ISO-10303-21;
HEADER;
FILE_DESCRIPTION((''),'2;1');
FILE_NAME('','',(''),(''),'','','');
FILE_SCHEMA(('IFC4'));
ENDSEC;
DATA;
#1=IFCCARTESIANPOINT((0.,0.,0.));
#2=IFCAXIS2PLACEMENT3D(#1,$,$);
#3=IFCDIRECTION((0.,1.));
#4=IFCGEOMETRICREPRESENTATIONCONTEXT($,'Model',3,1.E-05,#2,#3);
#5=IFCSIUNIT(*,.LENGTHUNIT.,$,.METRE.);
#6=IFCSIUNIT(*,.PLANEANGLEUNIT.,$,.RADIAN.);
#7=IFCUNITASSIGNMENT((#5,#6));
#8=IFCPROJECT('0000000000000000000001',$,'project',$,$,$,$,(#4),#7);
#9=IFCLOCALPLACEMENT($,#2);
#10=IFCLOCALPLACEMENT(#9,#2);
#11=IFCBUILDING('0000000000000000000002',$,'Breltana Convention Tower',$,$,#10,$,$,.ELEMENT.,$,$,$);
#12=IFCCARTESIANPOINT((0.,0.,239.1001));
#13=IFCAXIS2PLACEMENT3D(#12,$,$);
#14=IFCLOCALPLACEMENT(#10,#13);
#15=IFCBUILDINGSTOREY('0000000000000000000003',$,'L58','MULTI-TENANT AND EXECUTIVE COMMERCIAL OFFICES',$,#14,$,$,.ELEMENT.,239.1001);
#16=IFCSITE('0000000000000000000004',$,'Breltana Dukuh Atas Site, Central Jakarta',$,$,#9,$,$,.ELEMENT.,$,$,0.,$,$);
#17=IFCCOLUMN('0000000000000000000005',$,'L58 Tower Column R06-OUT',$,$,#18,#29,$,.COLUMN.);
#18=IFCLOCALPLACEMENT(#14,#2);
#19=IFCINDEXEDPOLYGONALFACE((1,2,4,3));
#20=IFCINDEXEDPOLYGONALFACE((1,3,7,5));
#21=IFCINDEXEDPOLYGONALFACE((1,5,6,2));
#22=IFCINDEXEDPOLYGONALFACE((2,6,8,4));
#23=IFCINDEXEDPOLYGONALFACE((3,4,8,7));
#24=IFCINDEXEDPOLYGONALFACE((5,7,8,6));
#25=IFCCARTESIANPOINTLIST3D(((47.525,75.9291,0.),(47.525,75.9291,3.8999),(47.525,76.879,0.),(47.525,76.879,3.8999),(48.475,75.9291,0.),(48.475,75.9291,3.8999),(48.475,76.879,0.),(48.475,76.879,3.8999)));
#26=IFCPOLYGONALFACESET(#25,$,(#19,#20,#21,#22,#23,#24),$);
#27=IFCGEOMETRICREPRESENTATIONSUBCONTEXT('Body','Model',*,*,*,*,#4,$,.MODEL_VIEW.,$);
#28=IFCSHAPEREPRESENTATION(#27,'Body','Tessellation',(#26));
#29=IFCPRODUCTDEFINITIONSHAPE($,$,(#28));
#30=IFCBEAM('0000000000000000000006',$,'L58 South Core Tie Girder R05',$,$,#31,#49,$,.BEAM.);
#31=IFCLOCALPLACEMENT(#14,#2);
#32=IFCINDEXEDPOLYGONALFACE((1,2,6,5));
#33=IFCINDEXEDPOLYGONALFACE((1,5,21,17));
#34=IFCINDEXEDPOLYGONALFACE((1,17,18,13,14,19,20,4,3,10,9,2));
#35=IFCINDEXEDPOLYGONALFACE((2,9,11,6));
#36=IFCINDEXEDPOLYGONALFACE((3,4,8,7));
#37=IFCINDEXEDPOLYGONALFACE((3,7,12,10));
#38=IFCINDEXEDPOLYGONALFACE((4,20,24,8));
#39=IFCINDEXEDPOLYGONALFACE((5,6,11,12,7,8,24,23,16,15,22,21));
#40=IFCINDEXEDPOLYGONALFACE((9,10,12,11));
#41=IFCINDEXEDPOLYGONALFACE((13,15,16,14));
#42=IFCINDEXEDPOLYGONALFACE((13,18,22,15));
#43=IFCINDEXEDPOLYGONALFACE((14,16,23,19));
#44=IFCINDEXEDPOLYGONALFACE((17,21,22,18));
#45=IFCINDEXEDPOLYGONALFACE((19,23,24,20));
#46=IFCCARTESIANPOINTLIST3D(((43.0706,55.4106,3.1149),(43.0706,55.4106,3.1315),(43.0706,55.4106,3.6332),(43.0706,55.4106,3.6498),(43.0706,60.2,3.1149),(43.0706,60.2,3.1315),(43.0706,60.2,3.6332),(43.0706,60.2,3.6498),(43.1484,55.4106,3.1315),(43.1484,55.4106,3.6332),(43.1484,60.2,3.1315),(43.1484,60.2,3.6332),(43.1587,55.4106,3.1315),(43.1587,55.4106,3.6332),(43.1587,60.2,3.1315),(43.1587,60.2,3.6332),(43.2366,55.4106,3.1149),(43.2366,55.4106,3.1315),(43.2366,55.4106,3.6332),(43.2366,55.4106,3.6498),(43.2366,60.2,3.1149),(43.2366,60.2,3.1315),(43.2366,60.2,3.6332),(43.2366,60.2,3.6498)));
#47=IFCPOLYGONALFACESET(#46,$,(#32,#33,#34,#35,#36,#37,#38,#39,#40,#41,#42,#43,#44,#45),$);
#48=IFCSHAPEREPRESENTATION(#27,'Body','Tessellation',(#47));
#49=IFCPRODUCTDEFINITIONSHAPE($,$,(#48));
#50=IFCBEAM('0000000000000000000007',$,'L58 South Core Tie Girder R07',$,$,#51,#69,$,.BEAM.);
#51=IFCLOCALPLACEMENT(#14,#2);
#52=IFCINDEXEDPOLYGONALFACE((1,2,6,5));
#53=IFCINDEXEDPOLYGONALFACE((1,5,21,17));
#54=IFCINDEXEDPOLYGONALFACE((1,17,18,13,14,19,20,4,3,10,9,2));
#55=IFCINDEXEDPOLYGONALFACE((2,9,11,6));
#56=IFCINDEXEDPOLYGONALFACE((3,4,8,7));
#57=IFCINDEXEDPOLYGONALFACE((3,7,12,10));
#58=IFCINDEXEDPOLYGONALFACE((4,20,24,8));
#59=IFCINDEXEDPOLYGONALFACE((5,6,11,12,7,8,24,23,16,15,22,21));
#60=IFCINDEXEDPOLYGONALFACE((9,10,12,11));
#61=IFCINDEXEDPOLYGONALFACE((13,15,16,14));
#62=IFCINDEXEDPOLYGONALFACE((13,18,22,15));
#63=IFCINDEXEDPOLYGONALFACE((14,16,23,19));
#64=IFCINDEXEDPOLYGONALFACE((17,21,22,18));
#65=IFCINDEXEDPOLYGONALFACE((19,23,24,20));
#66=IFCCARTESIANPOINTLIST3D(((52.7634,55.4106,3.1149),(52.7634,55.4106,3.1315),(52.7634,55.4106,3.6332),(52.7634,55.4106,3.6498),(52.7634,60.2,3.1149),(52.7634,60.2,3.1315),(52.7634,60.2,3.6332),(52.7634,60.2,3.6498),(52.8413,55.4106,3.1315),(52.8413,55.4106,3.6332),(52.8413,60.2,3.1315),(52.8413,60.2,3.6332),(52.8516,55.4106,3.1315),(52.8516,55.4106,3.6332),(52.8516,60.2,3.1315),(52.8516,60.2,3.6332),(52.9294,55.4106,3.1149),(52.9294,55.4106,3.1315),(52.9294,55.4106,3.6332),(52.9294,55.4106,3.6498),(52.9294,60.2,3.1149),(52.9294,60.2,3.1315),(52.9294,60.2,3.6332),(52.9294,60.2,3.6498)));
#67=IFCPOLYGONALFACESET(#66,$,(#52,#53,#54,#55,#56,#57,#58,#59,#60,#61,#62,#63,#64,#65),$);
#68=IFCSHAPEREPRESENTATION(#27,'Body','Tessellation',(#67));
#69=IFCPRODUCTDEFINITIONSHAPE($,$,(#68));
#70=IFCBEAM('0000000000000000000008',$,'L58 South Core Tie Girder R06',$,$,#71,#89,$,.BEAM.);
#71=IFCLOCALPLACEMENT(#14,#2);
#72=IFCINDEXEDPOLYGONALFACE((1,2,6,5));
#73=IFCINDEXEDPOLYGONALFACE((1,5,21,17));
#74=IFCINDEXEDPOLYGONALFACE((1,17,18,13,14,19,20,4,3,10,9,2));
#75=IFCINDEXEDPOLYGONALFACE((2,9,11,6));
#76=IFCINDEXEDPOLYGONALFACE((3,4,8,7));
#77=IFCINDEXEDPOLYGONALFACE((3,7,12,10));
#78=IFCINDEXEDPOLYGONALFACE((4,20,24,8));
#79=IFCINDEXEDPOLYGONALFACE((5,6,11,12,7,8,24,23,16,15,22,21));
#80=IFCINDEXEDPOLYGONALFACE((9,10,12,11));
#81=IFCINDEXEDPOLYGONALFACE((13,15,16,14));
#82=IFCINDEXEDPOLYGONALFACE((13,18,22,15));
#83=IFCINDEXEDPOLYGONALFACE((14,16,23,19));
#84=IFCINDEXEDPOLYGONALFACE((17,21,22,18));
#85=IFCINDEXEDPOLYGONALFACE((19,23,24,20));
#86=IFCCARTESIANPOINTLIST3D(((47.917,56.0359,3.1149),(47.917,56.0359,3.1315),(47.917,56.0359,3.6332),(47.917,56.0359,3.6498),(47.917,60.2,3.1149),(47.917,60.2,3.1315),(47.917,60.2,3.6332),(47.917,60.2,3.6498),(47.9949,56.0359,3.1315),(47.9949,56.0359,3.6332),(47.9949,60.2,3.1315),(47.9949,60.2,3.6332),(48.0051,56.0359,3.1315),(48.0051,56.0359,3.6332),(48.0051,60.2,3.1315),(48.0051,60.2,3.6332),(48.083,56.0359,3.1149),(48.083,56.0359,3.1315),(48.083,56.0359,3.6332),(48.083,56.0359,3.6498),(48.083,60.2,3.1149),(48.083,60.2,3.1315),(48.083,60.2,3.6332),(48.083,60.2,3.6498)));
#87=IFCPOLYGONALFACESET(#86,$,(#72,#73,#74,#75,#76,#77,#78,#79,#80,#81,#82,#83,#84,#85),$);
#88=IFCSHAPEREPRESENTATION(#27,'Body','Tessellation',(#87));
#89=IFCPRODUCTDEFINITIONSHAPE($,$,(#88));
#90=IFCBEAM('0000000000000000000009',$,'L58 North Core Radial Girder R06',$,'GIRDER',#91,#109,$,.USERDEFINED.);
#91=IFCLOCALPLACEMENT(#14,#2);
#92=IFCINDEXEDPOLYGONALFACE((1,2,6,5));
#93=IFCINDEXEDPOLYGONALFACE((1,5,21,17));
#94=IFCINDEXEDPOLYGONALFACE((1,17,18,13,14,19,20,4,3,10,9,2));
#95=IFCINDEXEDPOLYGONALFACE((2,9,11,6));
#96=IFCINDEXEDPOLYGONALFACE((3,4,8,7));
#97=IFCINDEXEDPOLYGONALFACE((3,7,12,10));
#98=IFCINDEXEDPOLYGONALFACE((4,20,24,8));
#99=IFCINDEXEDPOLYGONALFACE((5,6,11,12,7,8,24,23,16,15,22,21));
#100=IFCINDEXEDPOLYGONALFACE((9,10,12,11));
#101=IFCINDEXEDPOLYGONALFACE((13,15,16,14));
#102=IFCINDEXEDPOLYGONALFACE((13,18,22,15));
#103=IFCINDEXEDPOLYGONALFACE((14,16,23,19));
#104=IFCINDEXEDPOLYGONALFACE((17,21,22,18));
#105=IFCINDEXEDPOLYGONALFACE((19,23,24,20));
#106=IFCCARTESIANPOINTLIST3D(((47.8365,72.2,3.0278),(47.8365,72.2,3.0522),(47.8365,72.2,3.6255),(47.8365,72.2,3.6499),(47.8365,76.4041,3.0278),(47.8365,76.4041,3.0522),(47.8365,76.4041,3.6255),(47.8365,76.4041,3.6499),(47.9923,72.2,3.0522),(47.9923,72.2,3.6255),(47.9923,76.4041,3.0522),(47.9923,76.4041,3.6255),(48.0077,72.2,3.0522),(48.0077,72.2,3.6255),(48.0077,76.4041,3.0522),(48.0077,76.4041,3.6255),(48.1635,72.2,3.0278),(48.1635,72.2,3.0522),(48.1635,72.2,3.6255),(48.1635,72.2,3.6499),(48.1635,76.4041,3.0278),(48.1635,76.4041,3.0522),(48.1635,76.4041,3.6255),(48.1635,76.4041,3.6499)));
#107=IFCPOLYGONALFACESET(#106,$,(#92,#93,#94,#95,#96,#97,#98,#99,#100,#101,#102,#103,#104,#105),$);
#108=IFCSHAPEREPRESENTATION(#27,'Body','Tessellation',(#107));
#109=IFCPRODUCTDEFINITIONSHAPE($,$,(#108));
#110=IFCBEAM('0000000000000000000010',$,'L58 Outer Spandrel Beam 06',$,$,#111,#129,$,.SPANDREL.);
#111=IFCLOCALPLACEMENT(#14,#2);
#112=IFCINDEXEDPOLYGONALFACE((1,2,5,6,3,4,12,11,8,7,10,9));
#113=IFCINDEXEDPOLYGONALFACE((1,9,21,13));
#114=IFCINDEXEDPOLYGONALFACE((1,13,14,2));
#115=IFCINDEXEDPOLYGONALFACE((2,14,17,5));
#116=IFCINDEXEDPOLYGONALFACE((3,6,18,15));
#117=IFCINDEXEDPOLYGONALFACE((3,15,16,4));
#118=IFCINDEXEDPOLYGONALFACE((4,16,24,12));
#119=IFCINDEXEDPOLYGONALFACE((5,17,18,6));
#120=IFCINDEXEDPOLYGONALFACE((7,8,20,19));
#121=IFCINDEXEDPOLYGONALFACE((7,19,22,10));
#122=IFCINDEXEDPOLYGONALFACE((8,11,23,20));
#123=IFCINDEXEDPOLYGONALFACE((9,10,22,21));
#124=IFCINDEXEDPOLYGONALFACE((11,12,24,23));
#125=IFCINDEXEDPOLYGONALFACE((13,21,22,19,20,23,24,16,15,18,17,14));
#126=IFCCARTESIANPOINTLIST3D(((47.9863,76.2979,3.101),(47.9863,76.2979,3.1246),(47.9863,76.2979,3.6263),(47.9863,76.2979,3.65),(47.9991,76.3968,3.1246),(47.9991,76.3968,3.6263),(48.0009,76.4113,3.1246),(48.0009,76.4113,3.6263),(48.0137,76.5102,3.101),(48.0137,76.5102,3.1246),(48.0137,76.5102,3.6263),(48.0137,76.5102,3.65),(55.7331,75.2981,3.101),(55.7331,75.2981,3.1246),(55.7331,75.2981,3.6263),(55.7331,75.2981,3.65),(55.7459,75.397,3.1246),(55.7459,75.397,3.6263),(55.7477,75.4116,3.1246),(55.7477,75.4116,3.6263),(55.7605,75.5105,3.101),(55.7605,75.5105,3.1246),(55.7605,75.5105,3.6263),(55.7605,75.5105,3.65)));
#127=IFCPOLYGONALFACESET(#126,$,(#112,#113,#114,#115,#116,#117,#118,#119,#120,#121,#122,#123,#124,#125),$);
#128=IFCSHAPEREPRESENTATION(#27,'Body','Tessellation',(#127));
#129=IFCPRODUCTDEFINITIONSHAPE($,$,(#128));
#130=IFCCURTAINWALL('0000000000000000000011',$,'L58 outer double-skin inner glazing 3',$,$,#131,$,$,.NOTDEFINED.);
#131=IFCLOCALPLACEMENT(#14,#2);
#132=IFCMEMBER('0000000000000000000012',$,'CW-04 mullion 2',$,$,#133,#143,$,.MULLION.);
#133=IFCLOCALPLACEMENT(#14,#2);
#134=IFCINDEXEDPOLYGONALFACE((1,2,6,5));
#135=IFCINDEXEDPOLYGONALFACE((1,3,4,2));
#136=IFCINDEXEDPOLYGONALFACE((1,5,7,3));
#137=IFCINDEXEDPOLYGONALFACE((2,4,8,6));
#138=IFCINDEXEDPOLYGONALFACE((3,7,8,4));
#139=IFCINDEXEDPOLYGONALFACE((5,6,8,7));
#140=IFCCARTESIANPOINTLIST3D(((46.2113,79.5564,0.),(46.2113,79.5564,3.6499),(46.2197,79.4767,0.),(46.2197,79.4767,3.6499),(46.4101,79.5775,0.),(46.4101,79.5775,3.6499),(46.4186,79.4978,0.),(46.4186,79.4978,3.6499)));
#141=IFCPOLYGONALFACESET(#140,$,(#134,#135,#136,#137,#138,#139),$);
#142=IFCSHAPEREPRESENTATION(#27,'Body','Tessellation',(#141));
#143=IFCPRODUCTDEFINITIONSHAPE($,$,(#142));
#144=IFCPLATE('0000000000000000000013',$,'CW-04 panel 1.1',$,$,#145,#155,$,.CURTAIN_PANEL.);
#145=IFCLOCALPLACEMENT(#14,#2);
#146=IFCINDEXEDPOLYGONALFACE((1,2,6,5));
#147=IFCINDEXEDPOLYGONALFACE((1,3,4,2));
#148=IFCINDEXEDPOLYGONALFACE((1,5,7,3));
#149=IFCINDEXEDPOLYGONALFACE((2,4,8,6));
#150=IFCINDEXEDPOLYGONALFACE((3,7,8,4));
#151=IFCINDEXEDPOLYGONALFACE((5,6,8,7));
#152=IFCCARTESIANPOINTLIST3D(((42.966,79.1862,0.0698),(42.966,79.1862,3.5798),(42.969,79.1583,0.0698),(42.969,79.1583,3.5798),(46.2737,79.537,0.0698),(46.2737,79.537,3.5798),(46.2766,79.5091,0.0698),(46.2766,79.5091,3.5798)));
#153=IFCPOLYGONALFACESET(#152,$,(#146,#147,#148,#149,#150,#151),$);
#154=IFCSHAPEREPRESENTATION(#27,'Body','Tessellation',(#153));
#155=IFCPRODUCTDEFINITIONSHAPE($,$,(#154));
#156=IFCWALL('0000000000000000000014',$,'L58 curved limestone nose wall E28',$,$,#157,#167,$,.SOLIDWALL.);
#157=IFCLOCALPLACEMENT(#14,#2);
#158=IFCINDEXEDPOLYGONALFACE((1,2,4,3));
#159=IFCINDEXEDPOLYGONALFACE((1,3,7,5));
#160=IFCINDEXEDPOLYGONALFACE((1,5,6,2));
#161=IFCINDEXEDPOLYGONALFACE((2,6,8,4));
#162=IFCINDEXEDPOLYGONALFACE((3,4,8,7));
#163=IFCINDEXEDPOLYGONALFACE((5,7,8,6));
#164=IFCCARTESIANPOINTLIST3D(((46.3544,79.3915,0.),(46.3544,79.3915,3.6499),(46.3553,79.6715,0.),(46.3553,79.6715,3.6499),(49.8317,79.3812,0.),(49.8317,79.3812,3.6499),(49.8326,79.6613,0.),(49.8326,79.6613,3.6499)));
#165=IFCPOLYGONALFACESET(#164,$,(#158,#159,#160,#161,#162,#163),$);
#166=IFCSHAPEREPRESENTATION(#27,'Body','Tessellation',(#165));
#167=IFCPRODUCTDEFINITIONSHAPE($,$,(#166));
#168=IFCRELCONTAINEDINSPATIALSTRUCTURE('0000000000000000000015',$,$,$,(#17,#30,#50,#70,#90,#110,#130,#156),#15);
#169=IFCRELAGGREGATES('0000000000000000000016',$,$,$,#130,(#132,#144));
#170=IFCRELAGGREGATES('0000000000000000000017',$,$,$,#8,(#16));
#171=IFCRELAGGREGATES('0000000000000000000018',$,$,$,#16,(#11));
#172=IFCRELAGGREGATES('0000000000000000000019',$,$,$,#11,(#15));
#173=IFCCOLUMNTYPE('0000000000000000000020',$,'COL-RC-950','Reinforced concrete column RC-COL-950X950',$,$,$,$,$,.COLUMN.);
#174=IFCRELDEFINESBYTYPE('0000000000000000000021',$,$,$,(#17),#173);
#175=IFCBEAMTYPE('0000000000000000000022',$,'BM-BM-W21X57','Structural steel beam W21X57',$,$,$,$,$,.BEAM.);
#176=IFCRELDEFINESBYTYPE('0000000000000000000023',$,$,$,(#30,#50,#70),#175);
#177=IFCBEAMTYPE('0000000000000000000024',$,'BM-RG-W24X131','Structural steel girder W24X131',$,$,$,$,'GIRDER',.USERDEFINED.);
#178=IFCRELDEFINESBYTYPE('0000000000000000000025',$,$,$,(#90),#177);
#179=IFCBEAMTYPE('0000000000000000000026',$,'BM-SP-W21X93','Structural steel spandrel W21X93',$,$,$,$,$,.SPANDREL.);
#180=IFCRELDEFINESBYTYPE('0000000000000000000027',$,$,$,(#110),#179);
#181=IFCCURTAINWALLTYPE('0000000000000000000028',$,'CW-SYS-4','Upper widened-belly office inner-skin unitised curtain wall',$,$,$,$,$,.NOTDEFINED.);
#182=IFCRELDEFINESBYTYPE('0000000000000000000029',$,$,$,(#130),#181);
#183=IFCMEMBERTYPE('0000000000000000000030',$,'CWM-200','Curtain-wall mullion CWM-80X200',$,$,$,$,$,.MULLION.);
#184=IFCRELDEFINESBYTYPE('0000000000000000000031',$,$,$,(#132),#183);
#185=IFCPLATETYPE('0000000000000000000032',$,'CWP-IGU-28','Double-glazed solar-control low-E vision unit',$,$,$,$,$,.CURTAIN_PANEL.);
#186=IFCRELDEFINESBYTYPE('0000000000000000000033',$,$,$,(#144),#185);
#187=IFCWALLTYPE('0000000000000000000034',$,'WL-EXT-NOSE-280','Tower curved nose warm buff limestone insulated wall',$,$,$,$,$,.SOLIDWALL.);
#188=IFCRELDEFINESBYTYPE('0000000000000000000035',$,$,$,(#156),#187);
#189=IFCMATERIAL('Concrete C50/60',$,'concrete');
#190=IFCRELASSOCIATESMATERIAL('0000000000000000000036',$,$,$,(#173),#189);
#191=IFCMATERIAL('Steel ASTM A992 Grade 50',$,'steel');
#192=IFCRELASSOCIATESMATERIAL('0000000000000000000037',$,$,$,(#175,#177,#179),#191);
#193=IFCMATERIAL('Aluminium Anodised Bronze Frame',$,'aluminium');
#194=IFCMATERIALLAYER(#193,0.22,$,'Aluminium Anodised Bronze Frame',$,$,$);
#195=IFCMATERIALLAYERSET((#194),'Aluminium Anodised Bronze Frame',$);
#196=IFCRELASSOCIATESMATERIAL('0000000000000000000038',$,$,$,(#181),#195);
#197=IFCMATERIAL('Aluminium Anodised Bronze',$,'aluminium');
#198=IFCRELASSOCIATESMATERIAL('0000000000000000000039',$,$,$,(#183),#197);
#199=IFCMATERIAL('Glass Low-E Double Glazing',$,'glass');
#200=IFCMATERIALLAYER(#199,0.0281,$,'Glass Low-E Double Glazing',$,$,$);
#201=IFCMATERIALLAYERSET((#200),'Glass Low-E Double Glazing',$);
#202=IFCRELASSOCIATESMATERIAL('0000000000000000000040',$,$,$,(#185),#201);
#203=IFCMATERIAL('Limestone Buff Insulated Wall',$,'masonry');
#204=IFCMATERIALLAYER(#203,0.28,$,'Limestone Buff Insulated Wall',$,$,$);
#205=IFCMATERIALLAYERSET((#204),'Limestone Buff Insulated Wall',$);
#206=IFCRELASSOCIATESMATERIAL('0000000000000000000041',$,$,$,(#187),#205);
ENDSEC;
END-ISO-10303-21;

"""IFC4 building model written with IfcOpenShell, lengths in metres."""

from ifc_helpers import new_model, si_unit, direction, frame, frame_2d, origin, origin_2d, place, context, subcontext, project, spatial, rectangle, i_section, extrude, source, transform, mapped, material, layer, layer_set, material_profile, profile_set, type_object, element, aggregate, save


model = new_model("IFC4")

# Units and contexts
model_context = context("Model", 3, precision=1e-05, world=origin(), true_north=direction((0.0, 1.0)))
body_context = subcontext(model_context, "Body", "Model", "MODEL_VIEW")
ifc_project = project(units=[si_unit("LENGTHUNIT", "METRE"), si_unit("PLANEANGLEUNIT", "RADIAN")], contexts=[model_context])

# Site, building, storey
site_placement = place(None, origin())
site = spatial("IfcSite", under=ifc_project, at=site_placement, Name="Breltana Dukuh Atas Site, Central Jakarta", CompositionType="ELEMENT", RefElevation=0.0)
building_placement = place(site_placement, origin())
building = spatial("IfcBuilding", under=site, at=building_placement, Name="Breltana Convention Tower", CompositionType="ELEMENT")
storey_placement = place(building_placement, frame((0.0, 0.0, 239.1001)))
storey = spatial("IfcBuildingStorey", under=building, at=storey_placement, Name="L58", Description="MULTI-TENANT AND EXECUTIVE COMMERCIAL OFFICES", CompositionType="ELEMENT", Elevation=239.1001)

# Column
ifc_material_1 = material(Name="Concrete C50/60", Category="concrete")
ifc_material_profile_1 = material_profile(ifc_material_1, rectangle(XDim=0.95, YDim=0.95, at=origin_2d()), Name="RC-COL-950X950")
ifc_profile_set_1 = profile_set([ifc_material_profile_1], Name="Concrete C50/60")
column_type = type_object("IfcColumnType", Name="COL-RC-950", Description="Reinforced concrete column RC-COL-950X950", PredefinedType="COLUMN", material=ifc_profile_set_1)
shared_shape_1 = source(origin(), body_context, "Body", "SweptSolid", [
    extrude(rectangle(XDim=0.95, YDim=0.95, at=origin_2d()), origin(), (0.0, 0.0, 1.0), 3.8999),
])
column_placement = place(storey_placement, frame((48.0, 76.4041, 0.0), z_axis=(0.0, 0.0, 1.0), x_axis=(0.0, 1.0, 0.0)))
element("IfcColumn", 1, at=column_placement, inside=storey, type_object=column_type, Name="L58 Tower Column R06-OUT", PredefinedType="COLUMN", context=body_context, shape_type="MappedRepresentation", body=[
    mapped(shared_shape_1, transform((0.0, 0.0, 0.0), scale=1.0)),
])

# Beams
ifc_material_2 = material(Name="Steel ASTM A992 Grade 50", Category="steel")
ifc_material_profile_2 = material_profile(ifc_material_2, i_section(OverallWidth=0.166, OverallDepth=0.5349, WebThickness=0.0103, FlangeThickness=0.0166, at=origin_2d()), Name="W21X57")
ifc_profile_set_2 = profile_set([ifc_material_profile_2], Name="Steel ASTM A992 Grade 50")
beam_type_1 = type_object("IfcBeamType", Name="BM-BM-W21X57", Description="Structural steel beam W21X57", PredefinedType="BEAM", material=ifc_profile_set_2)
shared_shape_2 = source(origin(), body_context, "Body", "SweptSolid", [
    extrude(i_section(OverallWidth=0.166, OverallDepth=0.5349, WebThickness=0.0103, FlangeThickness=0.0166, at=origin_2d()), origin(), (0.0, 0.0, 1.0), 4.7893),
])
for number, where, z_axis, x_axis, name in (
    (2, (43.1536, 60.2, 3.3823), (0.0, -1.0, 0.0), (1.0, 0.0, 0.0), "L58 South Core Tie Girder R05"),
    (3, (52.8464, 60.2, 3.3823), (0.0, -1.0, 0.0), (1.0, 0.0, 0.0), "L58 South Core Tie Girder R07"),
):
    element("IfcBeam", number, at=place(storey_placement, frame(where, z_axis=z_axis, x_axis=x_axis)), inside=storey, type_object=beam_type_1, Name=name, PredefinedType="BEAM", context=body_context, shape_type="MappedRepresentation", body=[
        mapped(shared_shape_2, transform((0.0, 0.0, 0.0), scale=1.0)),
    ])
shared_shape_3 = source(origin(), body_context, "Body", "SweptSolid", [
    extrude(i_section(OverallWidth=0.166, OverallDepth=0.5349, WebThickness=0.0103, FlangeThickness=0.0166, at=origin_2d()), origin(), (0.0, 0.0, 1.0), 4.1641),
])
beam_1_placement = place(storey_placement, frame((48.0, 60.2, 3.3823), z_axis=(0.0, -1.0, 0.0), x_axis=(1.0, 0.0, 0.0)))
element("IfcBeam", 4, at=beam_1_placement, inside=storey, type_object=beam_type_1, Name="L58 South Core Tie Girder R06", PredefinedType="BEAM", context=body_context, shape_type="MappedRepresentation", body=[
    mapped(shared_shape_3, transform((0.0, 0.0, 0.0), scale=1.0)),
])
ifc_material_profile_3 = material_profile(ifc_material_2, i_section(OverallWidth=0.3269, OverallDepth=0.6221, WebThickness=0.0154, FlangeThickness=0.0244, at=origin_2d()), Name="W24X131")
ifc_profile_set_3 = profile_set([ifc_material_profile_3], Name="Steel ASTM A992 Grade 50")
beam_type_2 = type_object("IfcBeamType", Name="BM-RG-W24X131", Description="Structural steel girder W24X131", ElementType="GIRDER", PredefinedType="USERDEFINED", material=ifc_profile_set_3)
shared_shape_4 = source(origin(), body_context, "Body", "SweptSolid", [
    extrude(i_section(OverallWidth=0.3269, OverallDepth=0.6221, WebThickness=0.0154, FlangeThickness=0.0244, at=origin_2d()), origin(), (0.0, 0.0, 1.0), 4.2041),
])
beam_2_placement = place(storey_placement, frame((48.0, 72.2, 3.3389), z_axis=(0.0, 1.0, 0.0), x_axis=(-1.0, 0.0, 0.0)))
element("IfcBeam", 5, at=beam_2_placement, inside=storey, type_object=beam_type_2, Name="L58 North Core Radial Girder R06", ObjectType="GIRDER", PredefinedType="USERDEFINED", context=body_context, shape_type="MappedRepresentation", body=[
    mapped(shared_shape_4, transform((0.0, 0.0, 0.0), scale=1.0)),
])
ifc_material_profile_4 = material_profile(ifc_material_2, i_section(OverallWidth=0.2141, OverallDepth=0.5491, WebThickness=0.0146, FlangeThickness=0.0237, at=origin_2d()), Name="W21X93")
ifc_profile_set_4 = profile_set([ifc_material_profile_4], Name="Steel ASTM A992 Grade 50")
beam_type_3 = type_object("IfcBeamType", Name="BM-SP-W21X93", Description="Structural steel spandrel W21X93", PredefinedType="SPANDREL", material=ifc_profile_set_4)
shared_shape_5 = source(origin(), body_context, "Body", "SweptSolid", [
    extrude(i_section(OverallWidth=0.2141, OverallDepth=0.5491, WebThickness=0.0146, FlangeThickness=0.0237, at=origin_2d()), origin(), (0.0, 0.0, 1.0), 7.811),
])
beam_3_placement = place(storey_placement, frame((48.0, 76.4041, 3.3755), z_axis=(0.991775, -0.127992, 0.0), x_axis=(0.127992, 0.991775, 0.0)))
element("IfcBeam", 6, at=beam_3_placement, inside=storey, type_object=beam_type_3, Name="L58 Outer Spandrel Beam 06", PredefinedType="SPANDREL", context=body_context, shape_type="MappedRepresentation", body=[
    mapped(shared_shape_5, transform((0.0, 0.0, 0.0), scale=1.0)),
])

# Curtain wall, member, plate
ifc_material_3 = material(Name="Aluminium Anodised Bronze Frame", Category="aluminium")
ifc_layer_1 = layer(ifc_material_3, 0.22, Name="Aluminium Anodised Bronze Frame")
ifc_layer_set_1 = layer_set([ifc_layer_1], Name="Aluminium Anodised Bronze Frame")
curtain_wall_type = type_object("IfcCurtainWallType", Name="CW-SYS-4", Description="Upper widened-belly office inner-skin unitised curtain wall", PredefinedType="NOTDEFINED", material=ifc_layer_set_1)
curtain_wall_placement = place(storey_placement, origin())
curtain_wall = element("IfcCurtainWall", 7, at=curtain_wall_placement, inside=storey, type_object=curtain_wall_type, Name="L58 outer double-skin inner glazing 3", PredefinedType="NOTDEFINED")
ifc_material_4 = material(Name="Aluminium Anodised Bronze", Category="aluminium")
ifc_material_profile_5 = material_profile(ifc_material_4, rectangle(XDim=0.0801, YDim=0.2, at=origin_2d()), Name="CWM-80X200")
ifc_profile_set_5 = profile_set([ifc_material_profile_5], Name="Aluminium Anodised Bronze")
member_type = type_object("IfcMemberType", Name="CWM-200", Description="Curtain-wall mullion CWM-80X200", PredefinedType="MULLION", material=ifc_profile_set_5)
shared_shape_6 = source(origin(), body_context, "Body", "SweptSolid", [
    extrude(rectangle(XDim=0.0801, YDim=0.2, at=origin_2d()), origin(), (0.0, 0.0, 1.0), 3.6499),
])
member_placement = place(storey_placement, frame((46.3149, 79.5271, 0.0), z_axis=(0.0, 0.0, 1.0), x_axis=(-0.105472, 0.994422, 0.0)))
member = element("IfcMember", 8, at=member_placement, type_object=member_type, Name="CW-04 mullion 2", PredefinedType="MULLION", context=body_context, shape_type="MappedRepresentation", body=[
    mapped(shared_shape_6, transform((0.0, 0.0, 0.0), scale=1.0)),
])
ifc_material_5 = material(Name="Glass Low-E Double Glazing", Category="glass")
ifc_layer_2 = layer(ifc_material_5, 0.0281, Name="Glass Low-E Double Glazing")
ifc_layer_set_2 = layer_set([ifc_layer_2], Name="Glass Low-E Double Glazing")
plate_type = type_object("IfcPlateType", Name="CWP-IGU-28", Description="Double-glazed solar-control low-E vision unit", PredefinedType="CURTAIN_PANEL", material=ifc_layer_set_2)
shared_shape_7 = source(origin(), body_context, "Body", "SweptSolid", [
    extrude(rectangle(XDim=3.3262, YDim=0.0281, at=origin_2d()), origin(), (0.0, 0.0, 1.0), 3.51),
])
plate_placement = place(storey_placement, frame((44.6213, 79.3477, 0.0698), z_axis=(0.0, 0.0, 1.0), x_axis=(0.994422, 0.105472, 0.0)))
plate = element("IfcPlate", 9, at=plate_placement, type_object=plate_type, Name="CW-04 panel 1.1", PredefinedType="CURTAIN_PANEL", context=body_context, shape_type="MappedRepresentation", body=[
    mapped(shared_shape_7, transform((0.0, 0.0, 0.0), scale=1.0)),
])
aggregate(curtain_wall, [member, plate])

# Wall
ifc_material_6 = material(Name="Limestone Buff Insulated Wall", Category="masonry")
ifc_layer_3 = layer(ifc_material_6, 0.28, Name="Limestone Buff Insulated Wall")
ifc_layer_set_3 = layer_set([ifc_layer_3], Name="Limestone Buff Insulated Wall")
wall_type_1 = type_object("IfcWallType", Name="WL-EXT-NOSE-280", Description="Tower curved nose warm buff limestone insulated wall", PredefinedType="SOLIDWALL", material=ifc_layer_set_3)
shared_shape_8 = source(origin(), body_context, "Body", "SweptSolid", [
    extrude(rectangle(XDim=3.4773, YDim=0.28, at=frame_2d((1.7388, 0.0))), origin(), (0.0, 0.0, 1.0), 3.6499),
])
wall_1_placement = place(storey_placement, frame((46.3547, 79.5315, 0.0), z_axis=(0.0, 0.0, 1.0), x_axis=(0.999996, -0.002949, 0.0)))
element("IfcWall", 10, at=wall_1_placement, inside=storey, type_object=wall_type_1, Name="L58 curved limestone nose wall E28", PredefinedType="SOLIDWALL", context=body_context, shape_type="MappedRepresentation", body=[
    mapped(shared_shape_8, transform((0.0, 0.0, 0.0), scale=1.0)),
])

save(model, "model.ifc")
